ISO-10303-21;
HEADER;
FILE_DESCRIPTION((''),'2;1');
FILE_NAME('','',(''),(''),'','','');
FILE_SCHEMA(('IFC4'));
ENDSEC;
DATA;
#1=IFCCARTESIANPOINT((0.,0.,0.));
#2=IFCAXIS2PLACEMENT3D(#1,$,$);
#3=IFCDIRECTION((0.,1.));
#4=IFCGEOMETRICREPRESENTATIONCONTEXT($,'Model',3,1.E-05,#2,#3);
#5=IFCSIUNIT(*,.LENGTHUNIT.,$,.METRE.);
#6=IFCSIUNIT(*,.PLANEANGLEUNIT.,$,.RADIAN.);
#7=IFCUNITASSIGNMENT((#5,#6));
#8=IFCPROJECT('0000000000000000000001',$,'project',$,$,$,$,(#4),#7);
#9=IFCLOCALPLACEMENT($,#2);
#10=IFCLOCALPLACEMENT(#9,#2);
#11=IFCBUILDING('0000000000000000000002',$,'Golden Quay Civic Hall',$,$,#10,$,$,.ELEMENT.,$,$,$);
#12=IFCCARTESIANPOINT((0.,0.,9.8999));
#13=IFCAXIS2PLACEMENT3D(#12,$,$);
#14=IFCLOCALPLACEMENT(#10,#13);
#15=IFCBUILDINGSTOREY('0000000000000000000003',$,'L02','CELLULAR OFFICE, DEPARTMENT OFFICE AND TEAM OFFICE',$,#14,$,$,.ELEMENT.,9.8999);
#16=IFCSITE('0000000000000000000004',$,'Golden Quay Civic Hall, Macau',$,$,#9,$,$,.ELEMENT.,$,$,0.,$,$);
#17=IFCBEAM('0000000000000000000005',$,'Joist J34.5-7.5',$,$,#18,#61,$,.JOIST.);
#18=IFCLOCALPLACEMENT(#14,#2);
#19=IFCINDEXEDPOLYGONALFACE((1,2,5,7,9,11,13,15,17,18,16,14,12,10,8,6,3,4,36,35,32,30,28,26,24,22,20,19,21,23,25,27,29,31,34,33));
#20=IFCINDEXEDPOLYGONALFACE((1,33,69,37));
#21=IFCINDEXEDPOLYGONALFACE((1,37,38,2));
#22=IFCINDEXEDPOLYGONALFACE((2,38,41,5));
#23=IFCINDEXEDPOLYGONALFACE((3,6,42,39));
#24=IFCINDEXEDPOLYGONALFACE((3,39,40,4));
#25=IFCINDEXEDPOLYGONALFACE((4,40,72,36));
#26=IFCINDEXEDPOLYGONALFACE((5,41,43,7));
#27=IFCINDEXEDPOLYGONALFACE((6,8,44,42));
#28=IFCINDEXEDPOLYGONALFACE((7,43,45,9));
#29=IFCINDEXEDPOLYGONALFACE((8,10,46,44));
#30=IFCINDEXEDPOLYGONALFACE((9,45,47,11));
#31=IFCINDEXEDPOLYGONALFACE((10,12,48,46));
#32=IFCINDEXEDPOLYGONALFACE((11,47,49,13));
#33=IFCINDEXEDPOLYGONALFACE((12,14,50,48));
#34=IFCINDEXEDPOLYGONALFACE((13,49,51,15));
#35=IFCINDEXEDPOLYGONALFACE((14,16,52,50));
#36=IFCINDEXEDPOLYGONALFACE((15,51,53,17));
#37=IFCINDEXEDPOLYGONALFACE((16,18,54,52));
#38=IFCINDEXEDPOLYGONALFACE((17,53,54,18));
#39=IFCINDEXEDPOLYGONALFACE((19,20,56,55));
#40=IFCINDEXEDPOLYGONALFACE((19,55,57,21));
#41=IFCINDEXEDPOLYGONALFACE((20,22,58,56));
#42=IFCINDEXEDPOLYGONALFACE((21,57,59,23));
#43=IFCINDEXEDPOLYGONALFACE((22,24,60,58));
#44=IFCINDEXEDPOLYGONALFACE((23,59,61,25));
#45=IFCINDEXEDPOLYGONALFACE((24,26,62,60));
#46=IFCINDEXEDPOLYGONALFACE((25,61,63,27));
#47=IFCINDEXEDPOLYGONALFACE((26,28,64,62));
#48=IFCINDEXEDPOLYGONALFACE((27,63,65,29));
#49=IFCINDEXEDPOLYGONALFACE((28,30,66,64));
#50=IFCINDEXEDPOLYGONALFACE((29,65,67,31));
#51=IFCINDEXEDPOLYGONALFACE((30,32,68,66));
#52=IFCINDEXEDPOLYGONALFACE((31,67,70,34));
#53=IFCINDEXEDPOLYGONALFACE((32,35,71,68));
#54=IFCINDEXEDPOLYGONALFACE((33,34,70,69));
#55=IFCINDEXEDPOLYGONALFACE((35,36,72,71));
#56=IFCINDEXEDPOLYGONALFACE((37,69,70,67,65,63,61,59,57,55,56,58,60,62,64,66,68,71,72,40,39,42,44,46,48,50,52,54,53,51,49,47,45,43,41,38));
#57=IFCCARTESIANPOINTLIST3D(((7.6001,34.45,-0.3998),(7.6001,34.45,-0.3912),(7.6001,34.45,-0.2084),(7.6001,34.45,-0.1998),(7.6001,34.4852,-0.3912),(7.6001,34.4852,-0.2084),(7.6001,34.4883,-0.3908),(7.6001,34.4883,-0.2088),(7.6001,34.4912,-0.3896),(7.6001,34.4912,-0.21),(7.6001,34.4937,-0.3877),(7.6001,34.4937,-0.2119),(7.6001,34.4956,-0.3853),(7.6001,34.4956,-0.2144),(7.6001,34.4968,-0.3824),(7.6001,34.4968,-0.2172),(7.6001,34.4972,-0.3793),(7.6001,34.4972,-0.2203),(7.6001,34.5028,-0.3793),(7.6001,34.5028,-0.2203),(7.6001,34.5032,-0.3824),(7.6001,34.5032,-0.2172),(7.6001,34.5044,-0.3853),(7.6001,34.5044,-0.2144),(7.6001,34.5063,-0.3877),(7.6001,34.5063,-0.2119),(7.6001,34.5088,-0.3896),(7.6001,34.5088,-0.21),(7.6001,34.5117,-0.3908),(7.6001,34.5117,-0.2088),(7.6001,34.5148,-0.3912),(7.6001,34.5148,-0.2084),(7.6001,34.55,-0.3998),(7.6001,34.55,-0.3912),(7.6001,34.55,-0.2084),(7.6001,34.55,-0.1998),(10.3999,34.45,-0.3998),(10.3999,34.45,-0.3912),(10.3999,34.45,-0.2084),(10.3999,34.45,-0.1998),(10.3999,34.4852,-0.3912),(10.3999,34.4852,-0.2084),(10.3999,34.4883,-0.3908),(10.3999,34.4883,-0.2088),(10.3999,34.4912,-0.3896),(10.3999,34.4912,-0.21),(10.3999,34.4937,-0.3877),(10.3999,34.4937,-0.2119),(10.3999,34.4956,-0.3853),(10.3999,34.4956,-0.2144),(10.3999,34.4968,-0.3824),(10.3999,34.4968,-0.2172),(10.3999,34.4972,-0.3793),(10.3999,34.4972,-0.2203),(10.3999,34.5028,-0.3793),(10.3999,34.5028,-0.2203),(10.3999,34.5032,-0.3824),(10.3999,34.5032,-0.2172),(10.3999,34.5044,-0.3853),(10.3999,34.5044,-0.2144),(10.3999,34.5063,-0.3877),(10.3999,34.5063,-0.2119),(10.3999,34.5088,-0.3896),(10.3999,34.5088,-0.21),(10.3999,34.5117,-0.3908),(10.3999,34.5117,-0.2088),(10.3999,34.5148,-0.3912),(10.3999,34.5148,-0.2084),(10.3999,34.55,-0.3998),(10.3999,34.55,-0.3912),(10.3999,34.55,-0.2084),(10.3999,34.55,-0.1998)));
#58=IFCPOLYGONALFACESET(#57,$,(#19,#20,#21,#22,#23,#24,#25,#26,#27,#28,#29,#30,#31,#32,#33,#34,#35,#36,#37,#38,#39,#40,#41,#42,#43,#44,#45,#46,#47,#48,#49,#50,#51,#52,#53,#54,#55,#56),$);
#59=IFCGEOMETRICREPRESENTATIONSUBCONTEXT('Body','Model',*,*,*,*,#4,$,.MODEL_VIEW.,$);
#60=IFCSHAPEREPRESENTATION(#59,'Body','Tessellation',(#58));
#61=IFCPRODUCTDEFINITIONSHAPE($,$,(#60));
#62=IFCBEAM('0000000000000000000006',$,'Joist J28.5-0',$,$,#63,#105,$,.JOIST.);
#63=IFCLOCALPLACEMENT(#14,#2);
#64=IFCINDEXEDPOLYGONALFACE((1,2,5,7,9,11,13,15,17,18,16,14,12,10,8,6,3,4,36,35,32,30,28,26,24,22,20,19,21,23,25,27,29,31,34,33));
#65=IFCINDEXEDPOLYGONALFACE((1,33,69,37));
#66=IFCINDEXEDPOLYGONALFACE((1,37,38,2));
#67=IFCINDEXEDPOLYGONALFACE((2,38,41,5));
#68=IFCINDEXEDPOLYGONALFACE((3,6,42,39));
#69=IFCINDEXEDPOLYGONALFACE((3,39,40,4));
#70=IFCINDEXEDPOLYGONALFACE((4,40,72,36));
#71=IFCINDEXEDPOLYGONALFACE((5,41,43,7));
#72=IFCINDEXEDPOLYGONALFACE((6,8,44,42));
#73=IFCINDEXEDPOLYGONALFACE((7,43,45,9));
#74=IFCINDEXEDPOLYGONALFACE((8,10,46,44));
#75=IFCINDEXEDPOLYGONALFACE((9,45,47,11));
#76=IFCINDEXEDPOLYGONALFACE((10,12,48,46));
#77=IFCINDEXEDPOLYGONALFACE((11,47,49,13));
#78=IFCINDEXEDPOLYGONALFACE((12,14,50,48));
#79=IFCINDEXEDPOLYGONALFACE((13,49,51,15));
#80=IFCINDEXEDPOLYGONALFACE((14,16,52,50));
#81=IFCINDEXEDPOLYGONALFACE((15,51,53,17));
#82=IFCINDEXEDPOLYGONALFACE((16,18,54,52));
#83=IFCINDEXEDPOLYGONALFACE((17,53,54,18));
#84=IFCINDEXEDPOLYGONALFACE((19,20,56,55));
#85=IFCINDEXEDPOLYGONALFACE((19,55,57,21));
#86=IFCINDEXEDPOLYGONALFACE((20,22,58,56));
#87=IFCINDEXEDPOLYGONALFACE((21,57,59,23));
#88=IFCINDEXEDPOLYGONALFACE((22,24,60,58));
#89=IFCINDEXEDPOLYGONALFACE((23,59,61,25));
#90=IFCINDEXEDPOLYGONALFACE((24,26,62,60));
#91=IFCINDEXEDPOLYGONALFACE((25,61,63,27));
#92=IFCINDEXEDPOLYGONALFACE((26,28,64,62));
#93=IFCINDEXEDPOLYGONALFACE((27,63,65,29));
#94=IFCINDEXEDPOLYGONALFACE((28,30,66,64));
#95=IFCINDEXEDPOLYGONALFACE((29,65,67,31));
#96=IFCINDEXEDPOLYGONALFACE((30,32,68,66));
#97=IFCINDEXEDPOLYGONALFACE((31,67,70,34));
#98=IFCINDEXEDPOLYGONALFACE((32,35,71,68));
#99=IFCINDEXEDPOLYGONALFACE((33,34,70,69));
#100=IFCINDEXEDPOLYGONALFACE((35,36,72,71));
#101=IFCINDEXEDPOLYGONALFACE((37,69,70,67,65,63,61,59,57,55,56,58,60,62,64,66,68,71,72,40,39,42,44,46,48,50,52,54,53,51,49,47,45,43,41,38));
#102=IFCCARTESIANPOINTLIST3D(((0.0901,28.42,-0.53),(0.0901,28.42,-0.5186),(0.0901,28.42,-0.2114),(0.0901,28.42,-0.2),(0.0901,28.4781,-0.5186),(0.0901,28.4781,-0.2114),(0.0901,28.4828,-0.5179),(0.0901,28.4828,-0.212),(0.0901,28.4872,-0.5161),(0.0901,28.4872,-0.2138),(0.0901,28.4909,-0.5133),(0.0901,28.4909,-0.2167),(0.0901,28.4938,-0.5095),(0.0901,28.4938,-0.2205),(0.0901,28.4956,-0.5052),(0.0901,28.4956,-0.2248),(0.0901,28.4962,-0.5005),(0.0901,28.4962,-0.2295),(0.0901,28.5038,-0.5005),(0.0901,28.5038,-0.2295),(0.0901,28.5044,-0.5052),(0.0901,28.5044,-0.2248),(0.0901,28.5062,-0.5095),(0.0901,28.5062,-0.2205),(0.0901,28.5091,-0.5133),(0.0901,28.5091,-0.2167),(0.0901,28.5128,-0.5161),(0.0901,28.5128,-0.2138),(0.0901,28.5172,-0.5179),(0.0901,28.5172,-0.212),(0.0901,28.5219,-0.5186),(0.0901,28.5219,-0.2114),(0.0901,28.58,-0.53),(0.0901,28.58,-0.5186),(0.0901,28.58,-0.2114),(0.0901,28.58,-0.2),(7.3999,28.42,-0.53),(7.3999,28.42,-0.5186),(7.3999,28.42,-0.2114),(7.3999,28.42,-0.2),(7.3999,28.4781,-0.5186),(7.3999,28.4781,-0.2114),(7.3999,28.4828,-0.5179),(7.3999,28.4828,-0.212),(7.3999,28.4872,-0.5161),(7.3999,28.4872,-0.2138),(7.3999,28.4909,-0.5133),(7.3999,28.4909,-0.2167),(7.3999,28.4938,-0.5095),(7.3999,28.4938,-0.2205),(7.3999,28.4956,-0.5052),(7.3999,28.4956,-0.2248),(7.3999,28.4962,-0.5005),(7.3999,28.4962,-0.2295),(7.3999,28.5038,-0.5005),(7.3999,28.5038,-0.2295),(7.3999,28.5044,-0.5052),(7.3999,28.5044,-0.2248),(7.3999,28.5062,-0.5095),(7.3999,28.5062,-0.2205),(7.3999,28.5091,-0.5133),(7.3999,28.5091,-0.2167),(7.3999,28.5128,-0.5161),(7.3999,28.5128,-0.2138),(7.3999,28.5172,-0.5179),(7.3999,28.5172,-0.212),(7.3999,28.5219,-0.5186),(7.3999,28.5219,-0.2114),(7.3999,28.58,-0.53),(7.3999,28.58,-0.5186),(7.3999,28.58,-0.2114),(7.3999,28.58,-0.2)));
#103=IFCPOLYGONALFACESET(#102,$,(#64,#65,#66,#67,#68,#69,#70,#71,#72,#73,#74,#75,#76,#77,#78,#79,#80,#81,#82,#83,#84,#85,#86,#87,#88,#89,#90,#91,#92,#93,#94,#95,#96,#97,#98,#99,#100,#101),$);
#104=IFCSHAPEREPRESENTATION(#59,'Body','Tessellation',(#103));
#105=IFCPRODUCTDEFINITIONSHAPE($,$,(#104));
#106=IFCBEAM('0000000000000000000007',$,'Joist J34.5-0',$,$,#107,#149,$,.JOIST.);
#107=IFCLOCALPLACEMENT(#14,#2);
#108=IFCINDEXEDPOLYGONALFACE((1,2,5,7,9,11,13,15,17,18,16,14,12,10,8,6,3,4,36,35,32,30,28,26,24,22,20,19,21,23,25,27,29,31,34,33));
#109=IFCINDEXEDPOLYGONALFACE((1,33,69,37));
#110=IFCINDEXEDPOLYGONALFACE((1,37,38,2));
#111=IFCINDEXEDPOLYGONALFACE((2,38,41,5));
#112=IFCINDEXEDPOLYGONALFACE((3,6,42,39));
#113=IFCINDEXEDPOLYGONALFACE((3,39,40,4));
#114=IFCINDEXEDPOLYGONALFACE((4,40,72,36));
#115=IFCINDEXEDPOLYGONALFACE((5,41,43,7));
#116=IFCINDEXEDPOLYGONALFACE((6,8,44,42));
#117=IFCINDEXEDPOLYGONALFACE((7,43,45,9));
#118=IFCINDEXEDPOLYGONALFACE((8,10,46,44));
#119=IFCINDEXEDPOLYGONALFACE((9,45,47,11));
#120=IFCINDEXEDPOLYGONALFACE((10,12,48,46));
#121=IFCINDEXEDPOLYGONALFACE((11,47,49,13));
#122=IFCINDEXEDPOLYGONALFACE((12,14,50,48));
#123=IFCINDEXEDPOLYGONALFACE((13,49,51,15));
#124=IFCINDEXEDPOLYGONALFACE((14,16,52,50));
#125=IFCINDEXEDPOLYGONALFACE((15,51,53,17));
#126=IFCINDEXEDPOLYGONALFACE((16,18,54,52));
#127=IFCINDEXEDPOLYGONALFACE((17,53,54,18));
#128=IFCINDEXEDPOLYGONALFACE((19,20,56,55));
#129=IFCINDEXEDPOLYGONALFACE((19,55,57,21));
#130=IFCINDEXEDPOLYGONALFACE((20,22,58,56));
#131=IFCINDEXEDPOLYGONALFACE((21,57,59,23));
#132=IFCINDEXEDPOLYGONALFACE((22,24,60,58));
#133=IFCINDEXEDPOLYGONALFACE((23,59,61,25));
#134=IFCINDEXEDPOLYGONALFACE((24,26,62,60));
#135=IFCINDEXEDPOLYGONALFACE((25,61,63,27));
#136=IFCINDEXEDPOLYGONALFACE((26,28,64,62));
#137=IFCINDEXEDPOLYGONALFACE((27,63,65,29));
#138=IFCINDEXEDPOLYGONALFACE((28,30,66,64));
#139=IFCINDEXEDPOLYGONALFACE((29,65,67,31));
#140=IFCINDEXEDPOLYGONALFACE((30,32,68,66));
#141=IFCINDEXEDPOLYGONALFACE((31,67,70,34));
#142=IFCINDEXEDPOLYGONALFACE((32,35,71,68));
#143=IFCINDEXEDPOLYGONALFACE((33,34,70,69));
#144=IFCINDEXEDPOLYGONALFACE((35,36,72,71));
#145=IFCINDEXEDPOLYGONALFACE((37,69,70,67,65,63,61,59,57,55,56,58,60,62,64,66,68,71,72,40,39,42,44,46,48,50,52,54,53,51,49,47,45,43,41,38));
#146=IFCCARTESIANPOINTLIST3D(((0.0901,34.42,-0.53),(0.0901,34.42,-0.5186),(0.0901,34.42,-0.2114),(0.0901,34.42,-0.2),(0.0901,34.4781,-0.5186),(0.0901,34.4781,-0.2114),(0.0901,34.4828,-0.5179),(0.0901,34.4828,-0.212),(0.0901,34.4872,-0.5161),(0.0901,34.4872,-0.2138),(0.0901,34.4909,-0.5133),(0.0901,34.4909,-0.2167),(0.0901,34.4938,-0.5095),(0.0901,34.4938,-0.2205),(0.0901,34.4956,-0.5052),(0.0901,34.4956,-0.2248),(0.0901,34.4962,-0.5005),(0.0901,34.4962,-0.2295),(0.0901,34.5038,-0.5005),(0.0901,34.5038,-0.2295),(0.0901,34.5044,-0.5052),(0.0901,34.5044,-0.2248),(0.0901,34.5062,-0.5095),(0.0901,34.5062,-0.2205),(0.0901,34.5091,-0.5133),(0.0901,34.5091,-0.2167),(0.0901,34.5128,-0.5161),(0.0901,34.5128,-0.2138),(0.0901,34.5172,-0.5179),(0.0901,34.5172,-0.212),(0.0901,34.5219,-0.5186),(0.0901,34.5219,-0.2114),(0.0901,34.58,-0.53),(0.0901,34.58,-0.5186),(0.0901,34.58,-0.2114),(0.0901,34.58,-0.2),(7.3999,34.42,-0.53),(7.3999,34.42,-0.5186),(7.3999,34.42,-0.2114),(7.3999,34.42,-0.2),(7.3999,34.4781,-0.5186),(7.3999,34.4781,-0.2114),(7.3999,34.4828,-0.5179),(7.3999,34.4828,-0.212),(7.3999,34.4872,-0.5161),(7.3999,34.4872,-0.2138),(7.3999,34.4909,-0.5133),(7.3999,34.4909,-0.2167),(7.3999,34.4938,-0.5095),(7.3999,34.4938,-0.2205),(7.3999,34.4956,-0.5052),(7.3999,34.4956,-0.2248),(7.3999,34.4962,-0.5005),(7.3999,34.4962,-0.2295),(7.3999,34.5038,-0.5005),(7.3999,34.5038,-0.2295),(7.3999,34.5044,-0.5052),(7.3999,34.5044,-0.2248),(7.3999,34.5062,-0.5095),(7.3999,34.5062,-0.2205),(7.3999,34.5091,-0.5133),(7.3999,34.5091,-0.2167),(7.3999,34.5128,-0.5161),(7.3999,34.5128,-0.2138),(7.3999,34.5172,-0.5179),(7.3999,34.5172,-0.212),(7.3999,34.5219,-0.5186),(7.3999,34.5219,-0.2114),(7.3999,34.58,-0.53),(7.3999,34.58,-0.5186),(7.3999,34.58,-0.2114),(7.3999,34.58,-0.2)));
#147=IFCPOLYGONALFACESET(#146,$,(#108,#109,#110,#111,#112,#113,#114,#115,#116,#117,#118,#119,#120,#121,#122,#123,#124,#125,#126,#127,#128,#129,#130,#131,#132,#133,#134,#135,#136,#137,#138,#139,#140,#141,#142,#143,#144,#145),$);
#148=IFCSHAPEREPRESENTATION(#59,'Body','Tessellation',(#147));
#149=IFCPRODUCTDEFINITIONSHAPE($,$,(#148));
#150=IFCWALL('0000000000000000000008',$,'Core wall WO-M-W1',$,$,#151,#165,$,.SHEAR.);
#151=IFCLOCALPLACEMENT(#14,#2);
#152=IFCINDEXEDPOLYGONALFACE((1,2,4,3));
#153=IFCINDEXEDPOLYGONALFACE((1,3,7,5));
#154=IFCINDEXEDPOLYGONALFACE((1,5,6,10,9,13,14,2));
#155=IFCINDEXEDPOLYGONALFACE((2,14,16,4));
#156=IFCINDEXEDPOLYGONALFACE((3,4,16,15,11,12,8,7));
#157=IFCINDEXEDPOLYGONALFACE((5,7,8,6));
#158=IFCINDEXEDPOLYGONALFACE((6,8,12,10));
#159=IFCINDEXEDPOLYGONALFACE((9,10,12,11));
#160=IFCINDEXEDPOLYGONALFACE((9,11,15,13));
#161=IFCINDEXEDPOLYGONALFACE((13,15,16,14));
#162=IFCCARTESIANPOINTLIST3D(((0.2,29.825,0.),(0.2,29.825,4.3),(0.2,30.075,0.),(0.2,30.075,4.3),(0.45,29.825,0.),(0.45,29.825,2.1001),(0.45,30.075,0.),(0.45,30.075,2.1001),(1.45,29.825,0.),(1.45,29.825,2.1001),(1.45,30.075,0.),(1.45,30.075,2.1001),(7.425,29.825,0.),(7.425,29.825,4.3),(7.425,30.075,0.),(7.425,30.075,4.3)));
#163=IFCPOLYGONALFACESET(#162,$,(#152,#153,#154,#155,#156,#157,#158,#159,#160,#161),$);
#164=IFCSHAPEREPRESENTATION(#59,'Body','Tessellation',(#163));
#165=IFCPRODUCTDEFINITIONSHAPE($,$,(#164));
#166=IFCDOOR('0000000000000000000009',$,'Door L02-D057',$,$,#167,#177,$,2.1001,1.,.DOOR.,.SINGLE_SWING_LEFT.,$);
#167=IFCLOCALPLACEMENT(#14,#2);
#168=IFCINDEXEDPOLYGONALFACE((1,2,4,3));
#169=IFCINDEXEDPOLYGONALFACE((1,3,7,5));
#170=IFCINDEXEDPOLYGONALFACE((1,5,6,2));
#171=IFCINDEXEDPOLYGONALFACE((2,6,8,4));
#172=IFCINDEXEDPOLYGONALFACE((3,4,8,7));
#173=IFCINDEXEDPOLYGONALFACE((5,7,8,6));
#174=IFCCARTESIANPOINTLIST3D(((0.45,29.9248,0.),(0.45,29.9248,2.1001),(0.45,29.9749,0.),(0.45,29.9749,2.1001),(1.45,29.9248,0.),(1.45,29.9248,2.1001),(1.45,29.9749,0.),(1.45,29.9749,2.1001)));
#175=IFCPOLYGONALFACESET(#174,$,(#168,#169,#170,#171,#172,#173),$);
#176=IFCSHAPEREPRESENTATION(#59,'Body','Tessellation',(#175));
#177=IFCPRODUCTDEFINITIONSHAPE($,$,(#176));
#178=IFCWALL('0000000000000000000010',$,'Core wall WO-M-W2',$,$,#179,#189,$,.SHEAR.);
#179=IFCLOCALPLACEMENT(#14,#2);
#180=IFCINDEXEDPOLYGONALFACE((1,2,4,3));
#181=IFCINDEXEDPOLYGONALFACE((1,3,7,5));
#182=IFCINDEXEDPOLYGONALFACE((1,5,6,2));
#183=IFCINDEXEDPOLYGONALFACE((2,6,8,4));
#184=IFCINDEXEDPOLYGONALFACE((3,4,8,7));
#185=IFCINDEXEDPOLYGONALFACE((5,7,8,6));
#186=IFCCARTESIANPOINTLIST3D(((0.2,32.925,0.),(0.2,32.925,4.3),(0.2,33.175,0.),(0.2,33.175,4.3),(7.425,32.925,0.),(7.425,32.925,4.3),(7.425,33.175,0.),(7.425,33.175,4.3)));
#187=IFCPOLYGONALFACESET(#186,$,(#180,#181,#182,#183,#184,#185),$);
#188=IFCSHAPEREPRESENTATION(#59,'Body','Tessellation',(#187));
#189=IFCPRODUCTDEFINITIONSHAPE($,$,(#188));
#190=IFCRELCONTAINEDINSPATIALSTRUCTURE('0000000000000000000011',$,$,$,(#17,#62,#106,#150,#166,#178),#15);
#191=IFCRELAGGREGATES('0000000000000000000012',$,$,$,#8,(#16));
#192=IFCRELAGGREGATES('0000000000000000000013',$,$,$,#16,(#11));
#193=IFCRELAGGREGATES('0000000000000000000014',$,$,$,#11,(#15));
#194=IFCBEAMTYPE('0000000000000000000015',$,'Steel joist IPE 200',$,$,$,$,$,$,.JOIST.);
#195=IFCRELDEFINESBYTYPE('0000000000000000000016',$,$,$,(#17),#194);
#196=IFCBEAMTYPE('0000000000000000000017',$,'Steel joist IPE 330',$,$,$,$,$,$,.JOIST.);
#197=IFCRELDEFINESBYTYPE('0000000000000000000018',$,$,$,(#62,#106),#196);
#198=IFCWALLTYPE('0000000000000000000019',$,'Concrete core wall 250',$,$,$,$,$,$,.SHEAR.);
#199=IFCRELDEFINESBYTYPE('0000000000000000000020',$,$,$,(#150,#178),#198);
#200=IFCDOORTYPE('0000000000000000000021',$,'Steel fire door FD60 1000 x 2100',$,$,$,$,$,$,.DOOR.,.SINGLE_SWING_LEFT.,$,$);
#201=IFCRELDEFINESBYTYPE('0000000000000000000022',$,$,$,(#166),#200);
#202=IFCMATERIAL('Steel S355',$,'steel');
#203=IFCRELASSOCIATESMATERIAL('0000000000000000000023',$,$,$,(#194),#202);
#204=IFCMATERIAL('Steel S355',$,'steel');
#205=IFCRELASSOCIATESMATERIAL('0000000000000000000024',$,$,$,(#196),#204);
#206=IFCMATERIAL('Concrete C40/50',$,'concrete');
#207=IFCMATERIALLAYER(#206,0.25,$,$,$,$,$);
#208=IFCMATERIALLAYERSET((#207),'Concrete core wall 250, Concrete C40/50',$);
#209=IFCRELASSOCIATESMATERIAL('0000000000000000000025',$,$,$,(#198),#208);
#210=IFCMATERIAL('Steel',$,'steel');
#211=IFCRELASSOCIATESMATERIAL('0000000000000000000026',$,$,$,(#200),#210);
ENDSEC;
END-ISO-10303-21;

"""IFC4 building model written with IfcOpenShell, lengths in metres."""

from ifc_helpers import new_model, si_unit, direction, frame, frame_2d, origin, origin_2d, place, context, subcontext, project, spatial, rectangle, i_section, extrude, material, layer, layer_set, material_profile, profile_set, type_object, element, fill, save


model = new_model("IFC4")

# Units and contexts
model_context = context("Model", 3, precision=1e-05, world=origin(), true_north=direction((0.0, 1.0)))
body_context = subcontext(model_context, "Body", "Model", "MODEL_VIEW")
ifc_project = project(units=[si_unit("LENGTHUNIT", "METRE"), si_unit("PLANEANGLEUNIT", "RADIAN")], contexts=[model_context])

# Site, building, storey
site_placement = place(None, origin())
site = spatial("IfcSite", under=ifc_project, at=site_placement, Name="Golden Quay Civic Hall, Macau", CompositionType="ELEMENT", RefElevation=0.0)
building_placement = place(site_placement, origin())
building = spatial("IfcBuilding", under=site, at=building_placement, Name="Golden Quay Civic Hall", CompositionType="ELEMENT")
storey_placement = place(building_placement, frame((0.0, 0.0, 9.8999)))
storey = spatial("IfcBuildingStorey", under=building, at=storey_placement, Name="L02", Description="CELLULAR OFFICE, DEPARTMENT OFFICE AND TEAM OFFICE", CompositionType="ELEMENT", Elevation=9.8999)

# Beams
ifc_material_1 = material(Name="Steel S355", Category="steel")
ifc_material_profile_1 = material_profile(ifc_material_1, i_section(OverallWidth=0.1001, OverallDepth=0.2, WebThickness=0.0056, FlangeThickness=0.0085, FilletRadius=0.012, at=origin_2d()), Name="IPE 200")
ifc_profile_set_1 = profile_set([ifc_material_profile_1], Name="Steel S355")
beam_type_1 = type_object("IfcBeamType", Name="Steel joist IPE 200", PredefinedType="JOIST", material=ifc_profile_set_1)
for number, where, z_axis, x_axis, name in (
    (1, (7.6001, 34.5, -0.2998), (1.0, 0.0, 0.0), (0.0, 1.0, 0.0), "Joist J34.5-7.5"),
):
    element("IfcBeam", number, at=place(storey_placement, frame(where, z_axis=z_axis, x_axis=x_axis)), inside=storey, type_object=beam_type_1, Name=name, PredefinedType="JOIST", context=body_context, shape_type="SweptSolid", body=[
        extrude(i_section(OverallWidth=0.1001, OverallDepth=0.2, WebThickness=0.0056, FlangeThickness=0.0085, FilletRadius=0.012, at=origin_2d()), origin(), (0.0, 0.0, 1.0), 2.7998),
    ])
ifc_material_2 = material(Name="Steel S355", Category="steel")
ifc_material_profile_2 = material_profile(ifc_material_2, i_section(OverallWidth=0.1599, OverallDepth=0.3301, WebThickness=0.0076, FlangeThickness=0.0115, FilletRadius=0.0181, at=origin_2d()), Name="IPE 330")
ifc_profile_set_2 = profile_set([ifc_material_profile_2], Name="Steel S355")
beam_type_2 = type_object("IfcBeamType", Name="Steel joist IPE 330", PredefinedType="JOIST", material=ifc_profile_set_2)
for number, where, z_axis, x_axis, name in (
    (2, (0.0901, 28.5, -0.365), (1.0, 0.0, 0.0), (0.0, 1.0, 0.0), "Joist J28.5-0"),
    (3, (0.0901, 34.5, -0.365), (1.0, 0.0, 0.0), (0.0, 1.0, 0.0), "Joist J34.5-0"),
):
    element("IfcBeam", number, at=place(storey_placement, frame(where, z_axis=z_axis, x_axis=x_axis)), inside=storey, type_object=beam_type_2, Name=name, PredefinedType="JOIST", context=body_context, shape_type="SweptSolid", body=[
        extrude(i_section(OverallWidth=0.1599, OverallDepth=0.3301, WebThickness=0.0076, FlangeThickness=0.0115, FilletRadius=0.0181, at=origin_2d()), origin(), (0.0, 0.0, 1.0), 7.3098),
    ])

# Wall, opening, door
ifc_material_3 = material(Name="Concrete C40/50", Category="concrete")
ifc_layer_1 = layer(ifc_material_3, 0.25)
ifc_layer_set_1 = layer_set([ifc_layer_1], Name="Concrete core wall 250, Concrete C40/50")
wall_type_1 = type_object("IfcWallType", Name="Concrete core wall 250", PredefinedType="SHEAR", material=ifc_layer_set_1)
wall_1_placement = place(storey_placement, frame((0.2, 29.95, 0.0), z_axis=(0.0, 0.0, 1.0), x_axis=(1.0, 0.0, 0.0)))
wall_1 = element("IfcWall", 4, at=wall_1_placement, inside=storey, type_object=wall_type_1, Name="Core wall WO-M-W1", PredefinedType="SHEAR", context=body_context, shape_type="SweptSolid", body=[
    extrude(rectangle(XDim=7.2251, YDim=0.25, at=frame_2d((3.6125, 0.0))), origin(), (0.0, 0.0, 1.0), 4.3),
])
opening_placement = place(wall_1_placement, frame((0.25, 0.0, 0.0)))
opening = element("IfcOpeningElement", 5, at=opening_placement, cuts=wall_1, PredefinedType="OPENING", context=body_context, shape_type="SweptSolid", body=[
    extrude(rectangle(XDim=1.0, YDim=2.1001, at=frame_2d((0.5, 1.05))), frame((0.0, 0.135, 0.0), z_axis=(0.0, -1.0, 0.0), x_axis=(1.0, 0.0, 0.0)), (0.0, 0.0, 1.0), 0.27),
])
ifc_material_4 = material(Name="Steel", Category="steel")
door_type = type_object("IfcDoorType", Name="Steel fire door FD60 1000 x 2100", OperationType="SINGLE_SWING_LEFT", PredefinedType="DOOR", material=ifc_material_4)
door_placement = place(opening_placement, origin())
door = element("IfcDoor", 6, at=door_placement, inside=storey, type_object=door_type, Name="Door L02-D057", OperationType="SINGLE_SWING_LEFT", OverallHeight=2.1001, OverallWidth=1.0, PredefinedType="DOOR", context=body_context, shape_type="SweptSolid", body=[
    extrude(rectangle(XDim=1.0, YDim=2.1001, at=frame_2d((0.5, 1.05))), frame((0.0, 0.0249, 0.0), z_axis=(0.0, -1.0, 0.0), x_axis=(1.0, 0.0, 0.0)), (0.0, 0.0, 1.0), 0.05),
])
fill(opening, door)

# Wall
wall_2_placement = place(storey_placement, frame((0.2, 33.05, 0.0), z_axis=(0.0, 0.0, 1.0), x_axis=(1.0, 0.0, 0.0)))
element("IfcWall", 7, at=wall_2_placement, inside=storey, type_object=wall_type_1, Name="Core wall WO-M-W2", PredefinedType="SHEAR", context=body_context, shape_type="SweptSolid", body=[
    extrude(rectangle(XDim=7.2251, YDim=0.25, at=frame_2d((3.6125, 0.0))), origin(), (0.0, 0.0, 1.0), 4.3),
])

save(model, "model.ifc")
